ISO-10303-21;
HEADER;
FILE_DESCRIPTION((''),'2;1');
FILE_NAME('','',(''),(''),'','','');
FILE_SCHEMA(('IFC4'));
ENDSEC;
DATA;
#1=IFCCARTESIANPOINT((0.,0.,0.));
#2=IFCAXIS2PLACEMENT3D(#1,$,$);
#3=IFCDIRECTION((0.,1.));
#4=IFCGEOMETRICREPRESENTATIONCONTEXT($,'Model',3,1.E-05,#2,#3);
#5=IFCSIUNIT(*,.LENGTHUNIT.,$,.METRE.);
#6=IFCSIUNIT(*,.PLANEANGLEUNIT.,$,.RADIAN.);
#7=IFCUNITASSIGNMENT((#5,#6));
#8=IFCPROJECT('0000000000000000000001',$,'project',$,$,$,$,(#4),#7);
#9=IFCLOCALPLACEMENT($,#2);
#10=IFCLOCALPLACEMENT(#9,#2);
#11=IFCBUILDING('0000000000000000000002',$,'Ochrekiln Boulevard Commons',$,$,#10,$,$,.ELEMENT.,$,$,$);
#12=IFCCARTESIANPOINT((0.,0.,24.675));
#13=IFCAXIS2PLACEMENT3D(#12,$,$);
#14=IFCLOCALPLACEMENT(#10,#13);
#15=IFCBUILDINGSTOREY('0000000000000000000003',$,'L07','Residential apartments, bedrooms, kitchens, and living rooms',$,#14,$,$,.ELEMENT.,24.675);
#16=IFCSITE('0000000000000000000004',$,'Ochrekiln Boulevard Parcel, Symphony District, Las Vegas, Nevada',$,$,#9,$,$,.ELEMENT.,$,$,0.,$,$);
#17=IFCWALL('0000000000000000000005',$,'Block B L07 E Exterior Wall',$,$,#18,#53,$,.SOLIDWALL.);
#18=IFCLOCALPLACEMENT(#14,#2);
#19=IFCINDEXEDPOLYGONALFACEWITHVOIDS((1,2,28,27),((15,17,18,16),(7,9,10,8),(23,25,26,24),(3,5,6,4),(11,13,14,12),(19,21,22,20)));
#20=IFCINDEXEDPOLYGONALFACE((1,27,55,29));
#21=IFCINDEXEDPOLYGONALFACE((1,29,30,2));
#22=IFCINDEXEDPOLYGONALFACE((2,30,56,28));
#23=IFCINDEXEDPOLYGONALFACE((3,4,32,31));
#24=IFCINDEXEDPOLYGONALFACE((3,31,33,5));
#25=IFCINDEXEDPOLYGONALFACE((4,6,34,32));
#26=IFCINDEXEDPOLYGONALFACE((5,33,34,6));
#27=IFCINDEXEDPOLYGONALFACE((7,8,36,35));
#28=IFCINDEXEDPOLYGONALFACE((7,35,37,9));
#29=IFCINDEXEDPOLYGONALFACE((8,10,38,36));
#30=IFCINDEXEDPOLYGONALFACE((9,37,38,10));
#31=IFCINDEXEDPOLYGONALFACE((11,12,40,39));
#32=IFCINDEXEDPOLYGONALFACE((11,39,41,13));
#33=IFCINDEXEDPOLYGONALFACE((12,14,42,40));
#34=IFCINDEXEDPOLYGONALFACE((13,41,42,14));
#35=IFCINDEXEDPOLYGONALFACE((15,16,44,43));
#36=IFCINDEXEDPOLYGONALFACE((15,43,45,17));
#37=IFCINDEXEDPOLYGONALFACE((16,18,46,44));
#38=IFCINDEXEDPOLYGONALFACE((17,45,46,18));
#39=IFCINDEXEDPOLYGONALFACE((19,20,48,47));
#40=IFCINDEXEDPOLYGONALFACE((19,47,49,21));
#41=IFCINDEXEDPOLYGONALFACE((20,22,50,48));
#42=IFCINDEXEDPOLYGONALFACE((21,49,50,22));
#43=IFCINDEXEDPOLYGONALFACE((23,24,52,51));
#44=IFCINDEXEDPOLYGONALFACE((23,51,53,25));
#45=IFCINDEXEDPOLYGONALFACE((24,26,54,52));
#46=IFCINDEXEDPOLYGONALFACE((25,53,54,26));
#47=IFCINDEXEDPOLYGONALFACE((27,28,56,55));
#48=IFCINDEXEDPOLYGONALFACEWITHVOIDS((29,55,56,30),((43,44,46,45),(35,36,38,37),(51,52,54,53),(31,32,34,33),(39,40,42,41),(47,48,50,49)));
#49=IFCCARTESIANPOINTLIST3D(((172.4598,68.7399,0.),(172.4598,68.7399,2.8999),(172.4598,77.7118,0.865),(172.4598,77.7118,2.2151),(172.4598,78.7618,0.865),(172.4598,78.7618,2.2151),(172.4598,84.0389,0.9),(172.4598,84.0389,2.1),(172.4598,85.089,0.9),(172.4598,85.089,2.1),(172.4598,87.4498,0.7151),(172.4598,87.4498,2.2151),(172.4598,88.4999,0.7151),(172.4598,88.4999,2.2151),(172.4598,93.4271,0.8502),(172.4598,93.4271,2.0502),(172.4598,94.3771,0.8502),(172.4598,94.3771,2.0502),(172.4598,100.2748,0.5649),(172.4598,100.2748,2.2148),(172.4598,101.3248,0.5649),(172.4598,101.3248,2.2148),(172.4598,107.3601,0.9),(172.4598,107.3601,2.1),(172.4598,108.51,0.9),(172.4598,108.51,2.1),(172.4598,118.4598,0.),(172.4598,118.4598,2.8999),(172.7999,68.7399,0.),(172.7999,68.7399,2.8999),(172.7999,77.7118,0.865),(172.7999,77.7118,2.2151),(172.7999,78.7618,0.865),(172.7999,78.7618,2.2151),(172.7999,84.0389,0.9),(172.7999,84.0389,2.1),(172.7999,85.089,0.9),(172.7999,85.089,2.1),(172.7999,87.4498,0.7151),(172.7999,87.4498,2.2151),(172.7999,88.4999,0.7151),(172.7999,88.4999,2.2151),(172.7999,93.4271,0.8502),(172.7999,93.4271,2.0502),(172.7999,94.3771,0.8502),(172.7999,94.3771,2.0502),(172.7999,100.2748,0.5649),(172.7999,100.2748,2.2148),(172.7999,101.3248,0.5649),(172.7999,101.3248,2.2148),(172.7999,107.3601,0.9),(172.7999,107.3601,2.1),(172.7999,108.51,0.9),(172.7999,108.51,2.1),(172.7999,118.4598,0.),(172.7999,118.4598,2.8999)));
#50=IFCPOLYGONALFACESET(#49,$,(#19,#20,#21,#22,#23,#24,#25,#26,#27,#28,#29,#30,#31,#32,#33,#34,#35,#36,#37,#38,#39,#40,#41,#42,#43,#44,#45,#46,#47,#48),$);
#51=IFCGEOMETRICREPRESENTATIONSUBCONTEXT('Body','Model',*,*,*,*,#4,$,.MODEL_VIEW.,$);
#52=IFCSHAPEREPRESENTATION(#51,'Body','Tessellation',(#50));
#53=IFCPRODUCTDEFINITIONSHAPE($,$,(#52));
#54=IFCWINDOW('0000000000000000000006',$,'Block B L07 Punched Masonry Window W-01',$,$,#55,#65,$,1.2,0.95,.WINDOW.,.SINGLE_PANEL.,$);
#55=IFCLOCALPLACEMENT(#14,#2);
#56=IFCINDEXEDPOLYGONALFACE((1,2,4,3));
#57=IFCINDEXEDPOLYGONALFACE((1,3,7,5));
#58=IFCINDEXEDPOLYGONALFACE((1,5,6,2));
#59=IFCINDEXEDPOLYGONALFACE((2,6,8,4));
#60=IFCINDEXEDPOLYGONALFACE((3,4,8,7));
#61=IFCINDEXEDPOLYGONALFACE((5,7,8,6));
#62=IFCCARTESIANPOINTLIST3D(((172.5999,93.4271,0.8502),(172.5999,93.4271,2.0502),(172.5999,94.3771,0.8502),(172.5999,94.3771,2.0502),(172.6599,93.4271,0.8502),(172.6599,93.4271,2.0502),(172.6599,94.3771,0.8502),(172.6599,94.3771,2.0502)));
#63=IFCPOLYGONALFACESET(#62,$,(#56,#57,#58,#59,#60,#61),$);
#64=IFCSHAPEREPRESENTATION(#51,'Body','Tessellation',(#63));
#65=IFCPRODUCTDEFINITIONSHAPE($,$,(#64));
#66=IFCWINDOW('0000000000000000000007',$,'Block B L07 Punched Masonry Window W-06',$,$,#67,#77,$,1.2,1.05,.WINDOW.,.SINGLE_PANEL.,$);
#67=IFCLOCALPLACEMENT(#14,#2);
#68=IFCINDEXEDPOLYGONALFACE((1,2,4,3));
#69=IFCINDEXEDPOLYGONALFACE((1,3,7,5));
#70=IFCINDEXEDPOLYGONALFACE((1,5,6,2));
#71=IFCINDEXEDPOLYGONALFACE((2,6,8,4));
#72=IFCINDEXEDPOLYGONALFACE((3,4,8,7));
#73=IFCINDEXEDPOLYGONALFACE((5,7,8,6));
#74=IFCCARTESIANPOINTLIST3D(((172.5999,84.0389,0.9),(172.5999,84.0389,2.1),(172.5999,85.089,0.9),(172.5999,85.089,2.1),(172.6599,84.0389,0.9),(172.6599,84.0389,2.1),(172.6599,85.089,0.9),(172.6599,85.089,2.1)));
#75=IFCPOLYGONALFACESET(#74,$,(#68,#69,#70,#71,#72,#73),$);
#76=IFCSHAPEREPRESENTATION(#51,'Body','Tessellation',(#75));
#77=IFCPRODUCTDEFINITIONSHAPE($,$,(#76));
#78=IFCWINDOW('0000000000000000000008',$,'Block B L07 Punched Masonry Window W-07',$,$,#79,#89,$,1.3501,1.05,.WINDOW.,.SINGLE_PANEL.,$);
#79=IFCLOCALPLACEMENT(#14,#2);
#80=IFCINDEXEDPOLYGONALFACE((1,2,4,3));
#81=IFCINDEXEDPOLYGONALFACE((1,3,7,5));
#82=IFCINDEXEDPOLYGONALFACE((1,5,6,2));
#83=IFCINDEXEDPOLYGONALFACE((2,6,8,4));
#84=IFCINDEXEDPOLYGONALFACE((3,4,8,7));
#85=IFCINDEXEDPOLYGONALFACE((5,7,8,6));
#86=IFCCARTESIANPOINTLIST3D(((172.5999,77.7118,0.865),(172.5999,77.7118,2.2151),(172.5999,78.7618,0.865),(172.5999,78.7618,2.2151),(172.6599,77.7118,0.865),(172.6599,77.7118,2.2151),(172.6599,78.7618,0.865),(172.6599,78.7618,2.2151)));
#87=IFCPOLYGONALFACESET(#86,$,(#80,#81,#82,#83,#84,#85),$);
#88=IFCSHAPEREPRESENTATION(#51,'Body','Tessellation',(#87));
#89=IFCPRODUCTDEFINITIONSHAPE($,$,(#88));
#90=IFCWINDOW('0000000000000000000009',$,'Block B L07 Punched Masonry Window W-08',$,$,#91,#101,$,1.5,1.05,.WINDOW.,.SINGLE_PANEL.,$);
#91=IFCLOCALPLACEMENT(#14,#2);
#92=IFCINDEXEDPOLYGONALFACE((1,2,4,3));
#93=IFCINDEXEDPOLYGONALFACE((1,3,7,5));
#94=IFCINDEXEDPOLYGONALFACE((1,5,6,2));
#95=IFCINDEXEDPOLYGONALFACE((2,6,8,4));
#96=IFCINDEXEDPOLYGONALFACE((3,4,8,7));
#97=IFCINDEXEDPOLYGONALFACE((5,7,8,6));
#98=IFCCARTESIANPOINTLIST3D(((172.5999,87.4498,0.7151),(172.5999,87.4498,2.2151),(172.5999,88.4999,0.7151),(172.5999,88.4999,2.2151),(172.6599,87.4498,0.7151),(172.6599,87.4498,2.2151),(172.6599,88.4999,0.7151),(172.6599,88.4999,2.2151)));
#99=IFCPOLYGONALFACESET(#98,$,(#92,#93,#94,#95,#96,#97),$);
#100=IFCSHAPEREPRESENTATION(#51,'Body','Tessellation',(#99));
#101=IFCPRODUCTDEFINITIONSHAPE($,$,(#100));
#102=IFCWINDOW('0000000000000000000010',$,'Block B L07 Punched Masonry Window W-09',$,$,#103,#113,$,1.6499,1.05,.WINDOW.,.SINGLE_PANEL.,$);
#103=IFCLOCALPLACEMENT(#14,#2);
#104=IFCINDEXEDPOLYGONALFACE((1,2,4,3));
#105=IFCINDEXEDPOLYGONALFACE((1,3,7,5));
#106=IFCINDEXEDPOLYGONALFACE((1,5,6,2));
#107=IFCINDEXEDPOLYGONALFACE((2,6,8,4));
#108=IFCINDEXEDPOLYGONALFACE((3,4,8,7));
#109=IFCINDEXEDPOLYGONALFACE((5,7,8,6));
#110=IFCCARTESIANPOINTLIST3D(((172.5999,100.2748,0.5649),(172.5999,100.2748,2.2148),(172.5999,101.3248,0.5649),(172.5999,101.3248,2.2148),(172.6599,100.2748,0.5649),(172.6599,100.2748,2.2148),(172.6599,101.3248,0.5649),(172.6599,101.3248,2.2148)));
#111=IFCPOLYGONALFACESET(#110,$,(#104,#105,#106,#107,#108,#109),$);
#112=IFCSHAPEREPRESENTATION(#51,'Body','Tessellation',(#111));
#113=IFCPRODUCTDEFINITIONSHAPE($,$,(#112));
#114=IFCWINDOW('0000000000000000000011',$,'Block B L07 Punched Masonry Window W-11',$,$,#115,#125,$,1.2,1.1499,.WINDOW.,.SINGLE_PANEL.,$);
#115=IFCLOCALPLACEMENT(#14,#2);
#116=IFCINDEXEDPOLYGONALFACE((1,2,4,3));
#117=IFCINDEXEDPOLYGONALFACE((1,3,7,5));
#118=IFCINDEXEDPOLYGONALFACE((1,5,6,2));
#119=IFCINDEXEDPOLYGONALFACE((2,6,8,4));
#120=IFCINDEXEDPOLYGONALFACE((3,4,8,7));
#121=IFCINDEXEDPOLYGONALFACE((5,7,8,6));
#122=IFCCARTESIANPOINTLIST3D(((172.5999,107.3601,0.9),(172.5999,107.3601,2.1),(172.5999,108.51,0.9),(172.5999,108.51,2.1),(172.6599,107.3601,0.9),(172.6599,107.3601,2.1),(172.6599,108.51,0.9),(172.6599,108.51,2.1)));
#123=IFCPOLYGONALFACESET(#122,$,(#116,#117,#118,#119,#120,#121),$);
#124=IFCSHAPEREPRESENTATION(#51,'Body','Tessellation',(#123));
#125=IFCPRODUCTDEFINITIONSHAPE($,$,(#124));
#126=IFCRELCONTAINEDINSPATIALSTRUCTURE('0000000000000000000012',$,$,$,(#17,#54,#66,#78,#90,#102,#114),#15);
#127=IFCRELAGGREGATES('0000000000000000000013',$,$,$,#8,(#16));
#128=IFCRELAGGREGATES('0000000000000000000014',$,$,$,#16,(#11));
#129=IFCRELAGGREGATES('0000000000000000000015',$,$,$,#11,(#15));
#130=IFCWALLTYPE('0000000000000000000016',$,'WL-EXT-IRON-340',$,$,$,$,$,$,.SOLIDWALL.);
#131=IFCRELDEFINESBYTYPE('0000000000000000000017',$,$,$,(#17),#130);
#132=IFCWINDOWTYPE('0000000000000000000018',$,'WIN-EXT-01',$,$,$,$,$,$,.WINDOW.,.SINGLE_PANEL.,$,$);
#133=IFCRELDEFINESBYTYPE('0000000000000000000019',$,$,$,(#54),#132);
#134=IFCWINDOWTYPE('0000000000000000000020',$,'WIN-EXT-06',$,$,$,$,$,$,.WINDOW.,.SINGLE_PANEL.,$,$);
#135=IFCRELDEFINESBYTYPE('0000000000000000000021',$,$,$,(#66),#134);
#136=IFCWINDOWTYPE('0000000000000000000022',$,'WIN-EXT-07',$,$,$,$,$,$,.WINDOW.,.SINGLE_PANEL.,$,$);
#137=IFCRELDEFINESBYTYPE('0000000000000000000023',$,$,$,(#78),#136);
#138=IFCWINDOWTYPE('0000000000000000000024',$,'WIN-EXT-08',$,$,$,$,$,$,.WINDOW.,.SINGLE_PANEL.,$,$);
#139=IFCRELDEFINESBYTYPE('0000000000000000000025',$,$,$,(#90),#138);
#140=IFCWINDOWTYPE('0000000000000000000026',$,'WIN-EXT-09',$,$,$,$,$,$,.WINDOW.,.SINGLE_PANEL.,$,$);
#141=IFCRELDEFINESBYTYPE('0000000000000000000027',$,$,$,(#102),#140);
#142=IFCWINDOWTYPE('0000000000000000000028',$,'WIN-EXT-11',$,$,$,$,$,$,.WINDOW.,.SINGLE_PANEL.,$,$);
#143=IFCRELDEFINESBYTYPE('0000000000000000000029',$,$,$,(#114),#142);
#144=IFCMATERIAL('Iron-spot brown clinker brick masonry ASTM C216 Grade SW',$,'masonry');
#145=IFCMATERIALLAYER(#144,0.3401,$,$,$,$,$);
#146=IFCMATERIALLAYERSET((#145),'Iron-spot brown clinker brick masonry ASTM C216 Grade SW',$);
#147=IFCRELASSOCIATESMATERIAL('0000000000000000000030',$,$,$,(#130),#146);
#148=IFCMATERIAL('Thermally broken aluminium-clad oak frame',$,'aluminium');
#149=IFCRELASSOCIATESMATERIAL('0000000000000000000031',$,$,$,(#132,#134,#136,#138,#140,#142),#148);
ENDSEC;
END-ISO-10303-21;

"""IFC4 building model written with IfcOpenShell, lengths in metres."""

from ifc_helpers import new_model, si_unit, direction, frame, frame_2d, origin, place, context, subcontext, project, spatial, rectangle, extrude, material, layer, layer_set, type_object, element, fill, save


model = new_model("IFC4")

# Units and contexts
model_context = context("Model", 3, precision=1e-05, world=origin(), true_north=direction((0.0, 1.0)))
body_context = subcontext(model_context, "Body", "Model", "MODEL_VIEW")
ifc_project = project(units=[si_unit("LENGTHUNIT", "METRE"), si_unit("PLANEANGLEUNIT", "RADIAN")], contexts=[model_context])

# Site, building, storey
site_placement = place(None, origin())
site = spatial("IfcSite", under=ifc_project, at=site_placement, Name="Ochrekiln Boulevard Parcel, Symphony District, Las Vegas, Nevada", CompositionType="ELEMENT", RefElevation=0.0)
building_placement = place(site_placement, origin())
building = spatial("IfcBuilding", under=site, at=building_placement, Name="Ochrekiln Boulevard Commons", CompositionType="ELEMENT")
storey_placement = place(building_placement, frame((0.0, 0.0, 24.675)))
storey = spatial("IfcBuildingStorey", under=building, at=storey_placement, Name="L07", Description="Residential apartments, bedrooms, kitchens, and living rooms", CompositionType="ELEMENT", Elevation=24.675)

# Wall, openings, windows
ifc_material_1 = material(Name="Iron-spot brown clinker brick masonry ASTM C216 Grade SW", Category="masonry")
ifc_layer_1 = layer(ifc_material_1, 0.3401)
ifc_layer_set_1 = layer_set([ifc_layer_1], Name="Iron-spot brown clinker brick masonry ASTM C216 Grade SW")
wall_type = type_object("IfcWallType", Name="WL-EXT-IRON-340", PredefinedType="SOLIDWALL", material=ifc_layer_set_1)
wall_placement = place(storey_placement, frame((172.6299, 68.74, 0.0), z_axis=(0.0, 0.0, 1.0), x_axis=(0.0, 1.0, 0.0)))
wall = element("IfcWall", 1, at=wall_placement, inside=storey, type_object=wall_type, Name="Block B L07 E Exterior Wall", PredefinedType="SOLIDWALL", context=body_context, shape_type="SweptSolid", body=[
    extrude(rectangle(XDim=49.72, YDim=0.3401, at=frame_2d((24.8599, 0.0))), origin(), (0.0, 0.0, 1.0), 2.8999),
])
opening_1_placement = place(wall_placement, frame((15.2991, 0.0, 0.8999)))
opening_1 = element("IfcOpeningElement", 2, at=opening_1_placement, cuts=wall, PredefinedType="OPENING", context=body_context, shape_type="SweptSolid", body=[
    extrude(rectangle(XDim=1.05, YDim=1.2, at=frame_2d((0.5249, 0.6001))), frame((0.0, 0.1799, 0.0), z_axis=(0.0, -1.0, 0.0), x_axis=(1.0, 0.0, 0.0)), (0.0, 0.0, 1.0), 0.3601),
])
opening_2_placement = place(wall_placement, frame((8.9719, 0.0, 0.865)))
opening_2 = element("IfcOpeningElement", 3, at=opening_2_placement, cuts=wall, PredefinedType="OPENING", context=body_context, shape_type="SweptSolid", body=[
    extrude(rectangle(XDim=1.05, YDim=1.3501, at=frame_2d((0.5249, 0.675))), frame((0.0, 0.1799, 0.0), z_axis=(0.0, -1.0, 0.0), x_axis=(1.0, 0.0, 0.0)), (0.0, 0.0, 1.0), 0.3601),
])
opening_3_placement = place(wall_placement, frame((18.71, 0.0, 0.7151)))
opening_3 = element("IfcOpeningElement", 4, at=opening_3_placement, cuts=wall, PredefinedType="OPENING", context=body_context, shape_type="SweptSolid", body=[
    extrude(rectangle(XDim=1.05, YDim=1.5, at=frame_2d((0.5249, 0.75))), frame((0.0, 0.1799, 0.0), z_axis=(0.0, -1.0, 0.0), x_axis=(1.0, 0.0, 0.0)), (0.0, 0.0, 1.0), 0.3601),
])
opening_4_placement = place(wall_placement, frame((31.5349, 0.0, 0.5649)))
opening_4 = element("IfcOpeningElement", 5, at=opening_4_placement, cuts=wall, PredefinedType="OPENING", context=body_context, shape_type="SweptSolid", body=[
    extrude(rectangle(XDim=1.05, YDim=1.6499, at=frame_2d((0.5249, 0.825))), frame((0.0, 0.1799, 0.0), z_axis=(0.0, -1.0, 0.0), x_axis=(1.0, 0.0, 0.0)), (0.0, 0.0, 1.0), 0.3601),
])
opening_5_placement = place(wall_placement, frame((24.687, 0.0, 0.8501)))
opening_5 = element("IfcOpeningElement", 6, at=opening_5_placement, cuts=wall, PredefinedType="OPENING", context=body_context, shape_type="SweptSolid", body=[
    extrude(rectangle(XDim=0.95, YDim=1.2, at=frame_2d((0.4751, 0.6001))), frame((0.0, 0.1799, 0.0), z_axis=(0.0, -1.0, 0.0), x_axis=(1.0, 0.0, 0.0)), (0.0, 0.0, 1.0), 0.3601),
])
opening_6_placement = place(wall_placement, frame((38.6201, 0.0, 0.8999)))
opening_6 = element("IfcOpeningElement", 7, at=opening_6_placement, cuts=wall, PredefinedType="OPENING", context=body_context, shape_type="SweptSolid", body=[
    extrude(rectangle(XDim=1.1499, YDim=1.2, at=frame_2d((0.575, 0.6001))), frame((0.0, 0.1799, 0.0), z_axis=(0.0, -1.0, 0.0), x_axis=(1.0, 0.0, 0.0)), (0.0, 0.0, 1.0), 0.3601),
])
ifc_material_2 = material(Name="Thermally broken aluminium-clad oak frame", Category="aluminium")
window_type_1 = type_object("IfcWindowType", Name="WIN-EXT-01", PartitioningType="SINGLE_PANEL", PredefinedType="WINDOW", material=ifc_material_2)
window_1_placement = place(opening_5_placement, origin())
window_1 = element("IfcWindow", 8, at=window_1_placement, inside=storey, type_object=window_type_1, Name="Block B L07 Punched Masonry Window W-01", OverallHeight=1.2, OverallWidth=0.95, PartitioningType="SINGLE_PANEL", PredefinedType="WINDOW", context=body_context, shape_type="SweptSolid", body=[
    extrude(rectangle(XDim=0.95, YDim=1.2, at=frame_2d((0.4751, 0.6001))), frame((0.0, 0.03, 0.0), z_axis=(0.0, -1.0, 0.0), x_axis=(1.0, 0.0, 0.0)), (0.0, 0.0, 1.0), 0.0601),
])
fill(opening_5, window_1)
window_type_2 = type_object("IfcWindowType", Name="WIN-EXT-06", PartitioningType="SINGLE_PANEL", PredefinedType="WINDOW", material=ifc_material_2)
window_2_placement = place(opening_1_placement, origin())
window_2 = element("IfcWindow", 9, at=window_2_placement, inside=storey, type_object=window_type_2, Name="Block B L07 Punched Masonry Window W-06", OverallHeight=1.2, OverallWidth=1.05, PartitioningType="SINGLE_PANEL", PredefinedType="WINDOW", context=body_context, shape_type="SweptSolid", body=[
    extrude(rectangle(XDim=1.05, YDim=1.2, at=frame_2d((0.5249, 0.6001))), frame((0.0, 0.03, 0.0), z_axis=(0.0, -1.0, 0.0), x_axis=(1.0, 0.0, 0.0)), (0.0, 0.0, 1.0), 0.0601),
])
fill(opening_1, window_2)
window_type_3 = type_object("IfcWindowType", Name="WIN-EXT-07", PartitioningType="SINGLE_PANEL", PredefinedType="WINDOW", material=ifc_material_2)
window_3_placement = place(opening_2_placement, origin())
window_3 = element("IfcWindow", 10, at=window_3_placement, inside=storey, type_object=window_type_3, Name="Block B L07 Punched Masonry Window W-07", OverallHeight=1.3501, OverallWidth=1.05, PartitioningType="SINGLE_PANEL", PredefinedType="WINDOW", context=body_context, shape_type="SweptSolid", body=[
    extrude(rectangle(XDim=1.05, YDim=1.3501, at=frame_2d((0.5249, 0.675))), frame((0.0, 0.03, 0.0), z_axis=(0.0, -1.0, 0.0), x_axis=(1.0, 0.0, 0.0)), (0.0, 0.0, 1.0), 0.0601),
])
fill(opening_2, window_3)
window_type_4 = type_object("IfcWindowType", Name="WIN-EXT-08", PartitioningType="SINGLE_PANEL", PredefinedType="WINDOW", material=ifc_material_2)
window_4_placement = place(opening_3_placement, origin())
window_4 = element("IfcWindow", 11, at=window_4_placement, inside=storey, type_object=window_type_4, Name="Block B L07 Punched Masonry Window W-08", OverallHeight=1.5, OverallWidth=1.05, PartitioningType="SINGLE_PANEL", PredefinedType="WINDOW", context=body_context, shape_type="SweptSolid", body=[
    extrude(rectangle(XDim=1.05, YDim=1.5, at=frame_2d((0.5249, 0.75))), frame((0.0, 0.03, 0.0), z_axis=(0.0, -1.0, 0.0), x_axis=(1.0, 0.0, 0.0)), (0.0, 0.0, 1.0), 0.0601),
])
fill(opening_3, window_4)
window_type_5 = type_object("IfcWindowType", Name="WIN-EXT-09", PartitioningType="SINGLE_PANEL", PredefinedType="WINDOW", material=ifc_material_2)
window_5_placement = place(opening_4_placement, origin())
window_5 = element("IfcWindow", 12, at=window_5_placement, inside=storey, type_object=window_type_5, Name="Block B L07 Punched Masonry Window W-09", OverallHeight=1.6499, OverallWidth=1.05, PartitioningType="SINGLE_PANEL", PredefinedType="WINDOW", context=body_context, shape_type="SweptSolid", body=[
    extrude(rectangle(XDim=1.05, YDim=1.6499, at=frame_2d((0.5249, 0.825))), frame((0.0, 0.03, 0.0), z_axis=(0.0, -1.0, 0.0), x_axis=(1.0, 0.0, 0.0)), (0.0, 0.0, 1.0), 0.0601),
])
fill(opening_4, window_5)
window_type_6 = type_object("IfcWindowType", Name="WIN-EXT-11", PartitioningType="SINGLE_PANEL", PredefinedType="WINDOW", material=ifc_material_2)
window_6_placement = place(opening_6_placement, origin())
window_6 = element("IfcWindow", 13, at=window_6_placement, inside=storey, type_object=window_type_6, Name="Block B L07 Punched Masonry Window W-11", OverallHeight=1.2, OverallWidth=1.1499, PartitioningType="SINGLE_PANEL", PredefinedType="WINDOW", context=body_context, shape_type="SweptSolid", body=[
    extrude(rectangle(XDim=1.1499, YDim=1.2, at=frame_2d((0.575, 0.6001))), frame((0.0, 0.03, 0.0), z_axis=(0.0, -1.0, 0.0), x_axis=(1.0, 0.0, 0.0)), (0.0, 0.0, 1.0), 0.0601),
])
fill(opening_6, window_6)

save(model, "model.ifc")
